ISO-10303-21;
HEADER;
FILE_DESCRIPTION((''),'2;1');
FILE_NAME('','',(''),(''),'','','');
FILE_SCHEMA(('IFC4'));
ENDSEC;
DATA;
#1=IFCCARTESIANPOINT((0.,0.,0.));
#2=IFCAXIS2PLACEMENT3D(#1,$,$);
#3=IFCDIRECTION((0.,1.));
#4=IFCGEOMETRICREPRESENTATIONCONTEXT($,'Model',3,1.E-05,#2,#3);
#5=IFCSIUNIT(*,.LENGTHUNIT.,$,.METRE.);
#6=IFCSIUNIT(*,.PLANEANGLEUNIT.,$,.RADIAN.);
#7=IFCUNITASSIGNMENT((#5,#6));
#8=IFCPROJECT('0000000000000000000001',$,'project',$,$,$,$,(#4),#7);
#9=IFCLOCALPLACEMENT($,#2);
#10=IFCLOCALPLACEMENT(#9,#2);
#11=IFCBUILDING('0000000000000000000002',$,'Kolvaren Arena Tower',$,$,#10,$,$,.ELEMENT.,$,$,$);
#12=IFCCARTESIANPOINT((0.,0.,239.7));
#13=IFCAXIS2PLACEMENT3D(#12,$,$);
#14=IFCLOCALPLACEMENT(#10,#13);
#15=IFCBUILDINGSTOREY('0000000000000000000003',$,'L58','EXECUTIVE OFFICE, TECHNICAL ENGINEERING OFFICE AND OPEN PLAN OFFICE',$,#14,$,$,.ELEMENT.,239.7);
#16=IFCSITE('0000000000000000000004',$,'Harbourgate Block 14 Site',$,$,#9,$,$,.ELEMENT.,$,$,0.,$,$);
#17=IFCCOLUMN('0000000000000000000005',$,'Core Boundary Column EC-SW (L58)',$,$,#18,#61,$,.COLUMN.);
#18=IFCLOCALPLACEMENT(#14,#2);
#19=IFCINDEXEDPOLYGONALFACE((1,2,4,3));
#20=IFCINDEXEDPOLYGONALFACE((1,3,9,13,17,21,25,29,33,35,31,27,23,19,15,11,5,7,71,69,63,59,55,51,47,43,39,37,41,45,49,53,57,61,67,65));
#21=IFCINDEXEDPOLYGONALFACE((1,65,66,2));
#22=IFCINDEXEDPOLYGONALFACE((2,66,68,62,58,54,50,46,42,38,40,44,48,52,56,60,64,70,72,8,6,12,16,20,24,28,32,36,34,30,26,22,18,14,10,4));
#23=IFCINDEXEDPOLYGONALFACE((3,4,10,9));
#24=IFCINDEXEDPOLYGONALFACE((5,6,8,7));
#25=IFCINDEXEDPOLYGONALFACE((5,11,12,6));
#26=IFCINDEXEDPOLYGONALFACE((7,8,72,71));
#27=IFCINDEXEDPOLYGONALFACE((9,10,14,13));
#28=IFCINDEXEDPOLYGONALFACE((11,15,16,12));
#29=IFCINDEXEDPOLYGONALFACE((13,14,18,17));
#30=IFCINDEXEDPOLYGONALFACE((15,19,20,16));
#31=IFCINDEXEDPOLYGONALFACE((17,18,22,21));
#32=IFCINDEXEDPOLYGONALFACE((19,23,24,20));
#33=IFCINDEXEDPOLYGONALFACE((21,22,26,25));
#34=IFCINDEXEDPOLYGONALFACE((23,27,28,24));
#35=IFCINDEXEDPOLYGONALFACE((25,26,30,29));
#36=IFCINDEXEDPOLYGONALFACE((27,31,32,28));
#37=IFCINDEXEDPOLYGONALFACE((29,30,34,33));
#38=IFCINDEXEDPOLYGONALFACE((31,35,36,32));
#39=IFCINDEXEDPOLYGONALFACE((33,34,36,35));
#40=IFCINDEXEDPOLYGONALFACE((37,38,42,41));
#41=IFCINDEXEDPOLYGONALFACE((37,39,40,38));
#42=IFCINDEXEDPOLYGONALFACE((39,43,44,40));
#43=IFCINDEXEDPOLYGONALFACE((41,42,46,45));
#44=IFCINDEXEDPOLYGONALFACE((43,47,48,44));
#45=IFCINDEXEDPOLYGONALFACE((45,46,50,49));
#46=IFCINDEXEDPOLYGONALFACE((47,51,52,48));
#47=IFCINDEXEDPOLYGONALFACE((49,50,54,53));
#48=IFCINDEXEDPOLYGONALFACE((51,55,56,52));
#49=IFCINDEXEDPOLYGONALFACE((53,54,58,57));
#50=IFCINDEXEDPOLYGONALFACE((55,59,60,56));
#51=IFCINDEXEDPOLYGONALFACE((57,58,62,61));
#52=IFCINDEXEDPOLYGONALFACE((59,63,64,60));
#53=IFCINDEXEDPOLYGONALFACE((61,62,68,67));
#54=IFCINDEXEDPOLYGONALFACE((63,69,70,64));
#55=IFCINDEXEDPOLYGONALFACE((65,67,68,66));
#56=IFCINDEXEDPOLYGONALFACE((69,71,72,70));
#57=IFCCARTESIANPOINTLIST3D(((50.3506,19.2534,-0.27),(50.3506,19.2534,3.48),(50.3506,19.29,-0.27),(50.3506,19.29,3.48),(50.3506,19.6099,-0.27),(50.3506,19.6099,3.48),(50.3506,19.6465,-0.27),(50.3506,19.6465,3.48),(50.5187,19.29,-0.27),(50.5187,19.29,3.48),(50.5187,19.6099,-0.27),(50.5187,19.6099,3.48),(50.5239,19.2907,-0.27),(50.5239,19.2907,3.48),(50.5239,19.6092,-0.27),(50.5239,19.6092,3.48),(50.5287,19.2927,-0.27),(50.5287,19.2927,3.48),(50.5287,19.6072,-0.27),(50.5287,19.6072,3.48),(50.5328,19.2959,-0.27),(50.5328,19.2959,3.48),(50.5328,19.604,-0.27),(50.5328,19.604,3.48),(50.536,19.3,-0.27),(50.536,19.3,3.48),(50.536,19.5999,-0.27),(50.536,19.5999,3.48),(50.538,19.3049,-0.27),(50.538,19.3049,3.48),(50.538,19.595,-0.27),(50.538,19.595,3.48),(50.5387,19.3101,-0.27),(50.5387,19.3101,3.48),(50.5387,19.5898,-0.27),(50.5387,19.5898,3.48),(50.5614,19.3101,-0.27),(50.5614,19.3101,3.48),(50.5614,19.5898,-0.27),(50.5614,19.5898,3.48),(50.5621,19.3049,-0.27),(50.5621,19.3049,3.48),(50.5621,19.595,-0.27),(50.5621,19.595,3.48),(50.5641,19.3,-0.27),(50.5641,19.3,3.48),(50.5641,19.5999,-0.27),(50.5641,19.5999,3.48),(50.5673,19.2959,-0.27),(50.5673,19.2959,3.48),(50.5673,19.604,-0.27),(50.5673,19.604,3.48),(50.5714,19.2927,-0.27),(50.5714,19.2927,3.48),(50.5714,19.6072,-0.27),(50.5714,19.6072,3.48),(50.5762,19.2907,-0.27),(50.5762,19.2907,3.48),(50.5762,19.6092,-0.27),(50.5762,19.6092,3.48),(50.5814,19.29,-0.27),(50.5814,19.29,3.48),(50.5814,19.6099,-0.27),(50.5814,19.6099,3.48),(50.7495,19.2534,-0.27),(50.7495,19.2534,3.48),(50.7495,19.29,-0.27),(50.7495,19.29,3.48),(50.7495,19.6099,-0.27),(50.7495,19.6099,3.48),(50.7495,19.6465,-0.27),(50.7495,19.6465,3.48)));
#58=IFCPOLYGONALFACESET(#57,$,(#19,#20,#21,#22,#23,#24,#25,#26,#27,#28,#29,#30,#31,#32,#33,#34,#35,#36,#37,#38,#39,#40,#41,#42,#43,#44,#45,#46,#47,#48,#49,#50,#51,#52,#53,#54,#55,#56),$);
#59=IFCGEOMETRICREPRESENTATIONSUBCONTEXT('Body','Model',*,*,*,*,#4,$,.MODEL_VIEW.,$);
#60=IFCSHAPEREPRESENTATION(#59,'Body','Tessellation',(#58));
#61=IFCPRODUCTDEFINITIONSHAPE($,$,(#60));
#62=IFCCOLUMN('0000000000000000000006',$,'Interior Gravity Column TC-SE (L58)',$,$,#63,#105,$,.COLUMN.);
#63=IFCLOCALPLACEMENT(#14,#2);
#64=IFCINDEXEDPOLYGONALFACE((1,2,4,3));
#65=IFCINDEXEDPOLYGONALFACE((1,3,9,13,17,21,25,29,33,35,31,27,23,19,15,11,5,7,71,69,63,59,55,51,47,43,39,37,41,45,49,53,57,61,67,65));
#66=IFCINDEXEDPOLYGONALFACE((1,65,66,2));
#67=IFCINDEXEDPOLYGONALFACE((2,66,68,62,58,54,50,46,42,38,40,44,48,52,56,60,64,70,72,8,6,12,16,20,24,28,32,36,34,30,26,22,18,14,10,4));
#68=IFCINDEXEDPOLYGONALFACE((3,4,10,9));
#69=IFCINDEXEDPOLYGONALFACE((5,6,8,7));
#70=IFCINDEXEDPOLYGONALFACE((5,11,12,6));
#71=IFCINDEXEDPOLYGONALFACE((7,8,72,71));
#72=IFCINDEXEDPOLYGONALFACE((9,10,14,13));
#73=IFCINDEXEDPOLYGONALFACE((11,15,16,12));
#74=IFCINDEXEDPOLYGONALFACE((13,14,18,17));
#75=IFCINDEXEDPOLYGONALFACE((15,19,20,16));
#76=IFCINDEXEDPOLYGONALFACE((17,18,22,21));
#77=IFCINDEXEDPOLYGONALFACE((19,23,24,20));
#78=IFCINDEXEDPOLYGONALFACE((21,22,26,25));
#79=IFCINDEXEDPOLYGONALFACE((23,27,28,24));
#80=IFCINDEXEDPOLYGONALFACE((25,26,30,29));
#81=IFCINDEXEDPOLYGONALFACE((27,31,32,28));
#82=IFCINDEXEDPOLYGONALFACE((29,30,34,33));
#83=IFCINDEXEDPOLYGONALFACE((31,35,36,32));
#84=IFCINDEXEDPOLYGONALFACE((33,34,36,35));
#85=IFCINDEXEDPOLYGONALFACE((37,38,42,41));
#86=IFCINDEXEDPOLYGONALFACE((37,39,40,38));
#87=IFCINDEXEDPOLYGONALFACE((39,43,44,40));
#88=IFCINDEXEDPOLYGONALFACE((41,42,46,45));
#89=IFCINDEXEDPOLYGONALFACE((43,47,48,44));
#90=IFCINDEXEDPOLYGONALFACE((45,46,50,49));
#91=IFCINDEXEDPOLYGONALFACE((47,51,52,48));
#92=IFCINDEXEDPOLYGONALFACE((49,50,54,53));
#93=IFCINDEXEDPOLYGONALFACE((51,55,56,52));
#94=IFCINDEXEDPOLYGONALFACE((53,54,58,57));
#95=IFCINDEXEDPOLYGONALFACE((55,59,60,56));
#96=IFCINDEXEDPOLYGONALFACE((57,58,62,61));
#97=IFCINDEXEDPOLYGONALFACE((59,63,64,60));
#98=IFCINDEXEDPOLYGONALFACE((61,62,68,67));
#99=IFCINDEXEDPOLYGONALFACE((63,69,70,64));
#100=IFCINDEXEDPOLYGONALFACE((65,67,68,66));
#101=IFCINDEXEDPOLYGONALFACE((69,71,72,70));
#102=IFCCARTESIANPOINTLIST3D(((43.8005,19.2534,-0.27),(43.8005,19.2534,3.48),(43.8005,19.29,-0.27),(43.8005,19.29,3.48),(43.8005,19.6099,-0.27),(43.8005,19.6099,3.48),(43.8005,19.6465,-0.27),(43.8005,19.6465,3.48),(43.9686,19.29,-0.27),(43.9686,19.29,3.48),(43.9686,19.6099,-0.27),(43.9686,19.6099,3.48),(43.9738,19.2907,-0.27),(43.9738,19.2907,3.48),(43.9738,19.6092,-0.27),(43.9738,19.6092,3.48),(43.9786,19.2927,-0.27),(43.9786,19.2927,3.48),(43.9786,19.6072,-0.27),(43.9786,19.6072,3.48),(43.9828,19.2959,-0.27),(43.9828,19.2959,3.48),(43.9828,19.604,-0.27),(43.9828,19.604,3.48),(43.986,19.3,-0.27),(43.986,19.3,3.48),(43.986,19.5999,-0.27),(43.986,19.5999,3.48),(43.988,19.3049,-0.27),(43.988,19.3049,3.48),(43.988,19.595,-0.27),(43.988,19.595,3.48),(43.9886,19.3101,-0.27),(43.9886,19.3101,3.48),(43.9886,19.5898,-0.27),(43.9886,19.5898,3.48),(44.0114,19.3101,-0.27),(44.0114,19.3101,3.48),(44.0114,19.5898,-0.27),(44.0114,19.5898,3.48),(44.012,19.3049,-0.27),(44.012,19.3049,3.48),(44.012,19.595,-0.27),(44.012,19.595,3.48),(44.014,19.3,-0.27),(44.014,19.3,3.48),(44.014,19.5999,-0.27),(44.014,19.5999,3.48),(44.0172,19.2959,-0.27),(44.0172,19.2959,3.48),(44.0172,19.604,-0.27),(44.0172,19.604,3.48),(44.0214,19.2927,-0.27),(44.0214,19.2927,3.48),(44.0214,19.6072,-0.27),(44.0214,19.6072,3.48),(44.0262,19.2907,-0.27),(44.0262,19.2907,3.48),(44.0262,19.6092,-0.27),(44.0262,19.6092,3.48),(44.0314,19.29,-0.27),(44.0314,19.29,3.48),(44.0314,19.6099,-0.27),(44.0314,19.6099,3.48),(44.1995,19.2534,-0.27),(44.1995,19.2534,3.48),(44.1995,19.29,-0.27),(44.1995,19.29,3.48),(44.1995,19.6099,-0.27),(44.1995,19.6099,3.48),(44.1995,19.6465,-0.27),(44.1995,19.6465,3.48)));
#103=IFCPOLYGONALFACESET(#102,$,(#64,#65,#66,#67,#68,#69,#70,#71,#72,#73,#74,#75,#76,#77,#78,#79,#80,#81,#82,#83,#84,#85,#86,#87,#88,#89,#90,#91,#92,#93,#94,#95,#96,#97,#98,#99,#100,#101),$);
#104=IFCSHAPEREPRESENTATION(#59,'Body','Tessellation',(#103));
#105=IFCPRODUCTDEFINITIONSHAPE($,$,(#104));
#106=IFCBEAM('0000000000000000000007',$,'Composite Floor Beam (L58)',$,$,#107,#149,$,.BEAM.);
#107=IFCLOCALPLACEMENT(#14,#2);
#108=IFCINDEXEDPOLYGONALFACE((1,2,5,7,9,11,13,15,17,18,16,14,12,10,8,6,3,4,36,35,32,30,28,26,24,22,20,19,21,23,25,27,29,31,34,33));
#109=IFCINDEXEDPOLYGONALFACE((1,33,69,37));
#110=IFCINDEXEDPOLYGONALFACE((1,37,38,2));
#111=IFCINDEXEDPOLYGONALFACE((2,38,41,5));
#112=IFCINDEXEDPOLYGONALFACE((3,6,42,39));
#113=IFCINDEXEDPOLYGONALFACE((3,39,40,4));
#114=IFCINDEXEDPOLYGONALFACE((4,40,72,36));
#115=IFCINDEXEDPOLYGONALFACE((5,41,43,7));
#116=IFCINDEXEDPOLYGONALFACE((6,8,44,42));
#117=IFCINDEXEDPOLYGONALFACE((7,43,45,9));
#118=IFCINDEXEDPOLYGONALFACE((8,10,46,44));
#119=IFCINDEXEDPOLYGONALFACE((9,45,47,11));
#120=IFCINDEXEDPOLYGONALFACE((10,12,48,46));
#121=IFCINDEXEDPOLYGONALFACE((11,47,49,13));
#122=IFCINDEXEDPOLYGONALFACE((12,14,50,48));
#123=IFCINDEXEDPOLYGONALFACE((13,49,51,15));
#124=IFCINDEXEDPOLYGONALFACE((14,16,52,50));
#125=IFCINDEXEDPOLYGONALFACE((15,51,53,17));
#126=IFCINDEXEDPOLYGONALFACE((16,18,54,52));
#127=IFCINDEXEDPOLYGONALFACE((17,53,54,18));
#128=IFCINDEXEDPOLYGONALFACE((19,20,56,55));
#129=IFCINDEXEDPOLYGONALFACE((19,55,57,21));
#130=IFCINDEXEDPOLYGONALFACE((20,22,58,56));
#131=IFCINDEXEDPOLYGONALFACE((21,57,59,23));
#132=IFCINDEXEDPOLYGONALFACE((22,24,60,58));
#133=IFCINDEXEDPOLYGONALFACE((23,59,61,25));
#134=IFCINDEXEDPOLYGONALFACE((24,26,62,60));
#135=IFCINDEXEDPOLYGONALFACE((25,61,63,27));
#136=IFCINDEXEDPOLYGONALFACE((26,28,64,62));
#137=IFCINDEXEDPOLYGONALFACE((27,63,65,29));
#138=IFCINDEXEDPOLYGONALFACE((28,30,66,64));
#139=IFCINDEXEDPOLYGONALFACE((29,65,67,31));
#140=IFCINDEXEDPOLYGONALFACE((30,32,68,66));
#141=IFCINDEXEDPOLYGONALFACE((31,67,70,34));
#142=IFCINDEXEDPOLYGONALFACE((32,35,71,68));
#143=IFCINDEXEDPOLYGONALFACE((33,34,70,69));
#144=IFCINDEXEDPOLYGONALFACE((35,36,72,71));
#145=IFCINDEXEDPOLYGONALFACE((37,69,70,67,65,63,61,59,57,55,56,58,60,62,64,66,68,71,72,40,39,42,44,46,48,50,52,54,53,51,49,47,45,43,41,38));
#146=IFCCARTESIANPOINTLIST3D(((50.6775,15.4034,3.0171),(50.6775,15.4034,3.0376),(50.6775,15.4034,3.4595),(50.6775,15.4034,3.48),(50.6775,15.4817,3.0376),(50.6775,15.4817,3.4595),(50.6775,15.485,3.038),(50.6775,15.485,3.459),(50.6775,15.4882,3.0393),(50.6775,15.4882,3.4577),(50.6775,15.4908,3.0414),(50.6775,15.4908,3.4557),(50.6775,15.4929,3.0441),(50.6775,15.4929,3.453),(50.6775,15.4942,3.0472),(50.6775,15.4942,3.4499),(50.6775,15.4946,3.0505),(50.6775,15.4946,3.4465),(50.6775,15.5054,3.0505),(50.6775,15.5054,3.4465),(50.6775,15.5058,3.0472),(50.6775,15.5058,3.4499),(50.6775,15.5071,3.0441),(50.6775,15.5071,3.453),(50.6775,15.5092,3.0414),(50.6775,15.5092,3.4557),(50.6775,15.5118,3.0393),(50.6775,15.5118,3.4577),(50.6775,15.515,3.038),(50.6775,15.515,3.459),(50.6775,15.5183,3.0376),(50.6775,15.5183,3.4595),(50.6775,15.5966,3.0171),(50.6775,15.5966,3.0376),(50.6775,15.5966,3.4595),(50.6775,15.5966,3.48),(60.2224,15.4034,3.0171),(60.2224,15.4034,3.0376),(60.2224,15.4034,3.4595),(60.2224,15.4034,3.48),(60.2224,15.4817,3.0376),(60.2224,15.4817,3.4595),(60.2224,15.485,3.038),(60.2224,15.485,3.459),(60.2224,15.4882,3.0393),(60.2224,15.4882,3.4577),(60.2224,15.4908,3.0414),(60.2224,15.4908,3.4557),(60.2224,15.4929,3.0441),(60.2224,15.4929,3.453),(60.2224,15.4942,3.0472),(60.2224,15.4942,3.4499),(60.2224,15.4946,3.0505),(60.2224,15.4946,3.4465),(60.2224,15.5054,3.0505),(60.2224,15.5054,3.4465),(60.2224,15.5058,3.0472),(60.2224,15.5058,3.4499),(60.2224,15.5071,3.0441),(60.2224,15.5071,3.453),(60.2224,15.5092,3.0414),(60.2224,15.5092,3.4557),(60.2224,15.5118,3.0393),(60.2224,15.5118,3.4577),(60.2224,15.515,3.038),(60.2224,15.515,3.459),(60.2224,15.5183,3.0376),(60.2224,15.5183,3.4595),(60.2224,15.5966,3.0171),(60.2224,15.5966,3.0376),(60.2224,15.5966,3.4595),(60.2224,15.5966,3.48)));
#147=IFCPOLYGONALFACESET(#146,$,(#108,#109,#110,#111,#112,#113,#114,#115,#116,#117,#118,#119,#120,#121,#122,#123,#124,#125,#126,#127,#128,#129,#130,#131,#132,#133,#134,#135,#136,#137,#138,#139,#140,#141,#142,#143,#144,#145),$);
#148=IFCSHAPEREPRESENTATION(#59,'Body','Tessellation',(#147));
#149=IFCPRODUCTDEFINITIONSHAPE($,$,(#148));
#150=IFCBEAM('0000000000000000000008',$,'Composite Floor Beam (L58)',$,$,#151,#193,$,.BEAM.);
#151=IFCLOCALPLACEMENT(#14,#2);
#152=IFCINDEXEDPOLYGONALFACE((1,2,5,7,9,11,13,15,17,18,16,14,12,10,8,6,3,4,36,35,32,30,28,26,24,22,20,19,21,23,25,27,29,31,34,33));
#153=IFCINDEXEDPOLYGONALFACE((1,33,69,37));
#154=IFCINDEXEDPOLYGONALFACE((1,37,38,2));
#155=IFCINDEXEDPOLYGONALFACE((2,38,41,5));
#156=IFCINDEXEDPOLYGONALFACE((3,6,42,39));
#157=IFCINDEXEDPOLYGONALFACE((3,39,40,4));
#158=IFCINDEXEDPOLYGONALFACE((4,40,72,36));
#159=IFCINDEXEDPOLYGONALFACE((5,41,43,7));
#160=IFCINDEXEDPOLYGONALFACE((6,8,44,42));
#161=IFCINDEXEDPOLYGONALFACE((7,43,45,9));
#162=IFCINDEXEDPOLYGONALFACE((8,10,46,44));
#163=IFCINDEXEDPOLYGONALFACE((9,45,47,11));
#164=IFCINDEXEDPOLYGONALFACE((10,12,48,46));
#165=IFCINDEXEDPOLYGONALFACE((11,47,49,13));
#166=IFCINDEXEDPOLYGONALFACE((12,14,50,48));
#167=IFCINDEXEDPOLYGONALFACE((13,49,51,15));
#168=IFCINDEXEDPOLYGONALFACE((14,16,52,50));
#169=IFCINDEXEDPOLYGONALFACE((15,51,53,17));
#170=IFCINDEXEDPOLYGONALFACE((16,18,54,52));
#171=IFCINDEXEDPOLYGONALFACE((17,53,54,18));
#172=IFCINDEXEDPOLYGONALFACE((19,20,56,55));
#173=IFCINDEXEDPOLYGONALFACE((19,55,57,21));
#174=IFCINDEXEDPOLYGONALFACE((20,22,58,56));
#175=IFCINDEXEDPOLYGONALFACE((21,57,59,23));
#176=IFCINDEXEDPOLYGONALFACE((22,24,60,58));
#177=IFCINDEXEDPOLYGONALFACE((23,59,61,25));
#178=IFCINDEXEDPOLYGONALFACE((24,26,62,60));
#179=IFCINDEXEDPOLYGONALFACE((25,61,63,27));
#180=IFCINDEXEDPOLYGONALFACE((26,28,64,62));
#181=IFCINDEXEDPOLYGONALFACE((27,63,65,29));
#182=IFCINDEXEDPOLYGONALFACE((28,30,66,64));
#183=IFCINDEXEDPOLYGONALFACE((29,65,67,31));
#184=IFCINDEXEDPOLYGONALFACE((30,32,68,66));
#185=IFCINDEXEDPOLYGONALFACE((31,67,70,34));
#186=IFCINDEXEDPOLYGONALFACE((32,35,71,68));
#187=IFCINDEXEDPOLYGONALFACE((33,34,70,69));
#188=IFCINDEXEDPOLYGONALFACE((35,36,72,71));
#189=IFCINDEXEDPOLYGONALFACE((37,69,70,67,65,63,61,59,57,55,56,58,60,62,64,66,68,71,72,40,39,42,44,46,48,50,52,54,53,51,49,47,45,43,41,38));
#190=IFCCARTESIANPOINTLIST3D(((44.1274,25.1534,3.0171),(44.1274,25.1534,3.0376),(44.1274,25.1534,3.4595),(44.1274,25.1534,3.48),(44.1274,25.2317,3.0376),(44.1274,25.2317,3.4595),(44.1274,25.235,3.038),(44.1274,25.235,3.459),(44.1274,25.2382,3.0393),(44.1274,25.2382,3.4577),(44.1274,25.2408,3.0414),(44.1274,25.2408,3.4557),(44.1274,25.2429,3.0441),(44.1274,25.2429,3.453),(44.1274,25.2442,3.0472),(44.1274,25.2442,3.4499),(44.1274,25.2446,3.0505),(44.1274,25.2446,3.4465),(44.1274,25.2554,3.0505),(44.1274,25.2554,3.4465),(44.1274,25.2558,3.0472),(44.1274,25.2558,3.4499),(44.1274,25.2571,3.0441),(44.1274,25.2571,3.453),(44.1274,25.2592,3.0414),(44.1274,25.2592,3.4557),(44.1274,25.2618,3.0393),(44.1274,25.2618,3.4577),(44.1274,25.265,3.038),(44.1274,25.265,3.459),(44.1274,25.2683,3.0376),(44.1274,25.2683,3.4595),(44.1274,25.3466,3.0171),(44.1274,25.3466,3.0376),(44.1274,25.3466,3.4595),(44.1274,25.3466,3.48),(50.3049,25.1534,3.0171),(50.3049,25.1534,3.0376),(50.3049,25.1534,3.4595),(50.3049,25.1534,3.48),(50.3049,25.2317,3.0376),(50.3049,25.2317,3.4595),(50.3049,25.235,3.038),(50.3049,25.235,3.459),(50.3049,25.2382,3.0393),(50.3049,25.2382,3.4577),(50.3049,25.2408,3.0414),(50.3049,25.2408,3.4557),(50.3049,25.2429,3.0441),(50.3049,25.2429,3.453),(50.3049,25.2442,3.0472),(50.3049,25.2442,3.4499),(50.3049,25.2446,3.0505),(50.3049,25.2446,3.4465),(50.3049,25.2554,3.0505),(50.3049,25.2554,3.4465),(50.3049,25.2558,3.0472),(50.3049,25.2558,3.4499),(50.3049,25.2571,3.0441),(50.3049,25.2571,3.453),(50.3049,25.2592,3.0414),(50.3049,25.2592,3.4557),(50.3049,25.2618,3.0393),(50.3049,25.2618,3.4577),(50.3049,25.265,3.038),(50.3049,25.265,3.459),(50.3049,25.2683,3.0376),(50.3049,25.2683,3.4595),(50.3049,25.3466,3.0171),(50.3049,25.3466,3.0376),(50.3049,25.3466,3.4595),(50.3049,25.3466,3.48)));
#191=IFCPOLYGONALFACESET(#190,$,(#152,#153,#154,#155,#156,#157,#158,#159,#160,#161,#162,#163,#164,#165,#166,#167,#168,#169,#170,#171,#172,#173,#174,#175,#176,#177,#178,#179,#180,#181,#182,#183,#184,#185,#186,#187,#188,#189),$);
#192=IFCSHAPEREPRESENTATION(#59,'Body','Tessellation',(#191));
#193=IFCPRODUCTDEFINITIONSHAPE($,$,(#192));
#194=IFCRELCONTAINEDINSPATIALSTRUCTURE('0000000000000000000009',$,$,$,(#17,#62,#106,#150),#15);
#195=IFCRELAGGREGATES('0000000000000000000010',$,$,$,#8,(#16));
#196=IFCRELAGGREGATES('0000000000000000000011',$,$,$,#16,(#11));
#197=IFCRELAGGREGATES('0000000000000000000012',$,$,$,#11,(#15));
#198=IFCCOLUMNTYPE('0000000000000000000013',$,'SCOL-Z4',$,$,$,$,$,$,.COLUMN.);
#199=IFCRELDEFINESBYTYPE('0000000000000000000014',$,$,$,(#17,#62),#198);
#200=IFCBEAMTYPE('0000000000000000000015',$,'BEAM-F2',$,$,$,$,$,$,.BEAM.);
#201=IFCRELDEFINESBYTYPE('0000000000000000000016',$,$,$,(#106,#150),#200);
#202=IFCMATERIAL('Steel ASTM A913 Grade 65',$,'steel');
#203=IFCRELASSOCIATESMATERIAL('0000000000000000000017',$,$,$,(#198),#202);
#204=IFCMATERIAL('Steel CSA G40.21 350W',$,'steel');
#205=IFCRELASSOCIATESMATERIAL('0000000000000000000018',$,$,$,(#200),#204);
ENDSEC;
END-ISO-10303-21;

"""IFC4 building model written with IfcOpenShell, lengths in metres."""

from ifc_helpers import new_model, si_unit, direction, frame, origin, origin_2d, place, context, subcontext, project, spatial, i_section, extrude, material, material_profile, profile_set, type_object, element, save


model = new_model("IFC4")

# Units and contexts
model_context = context("Model", 3, precision=1e-05, world=origin(), true_north=direction((0.0, 1.0)))
body_context = subcontext(model_context, "Body", "Model", "MODEL_VIEW")
ifc_project = project(units=[si_unit("LENGTHUNIT", "METRE"), si_unit("PLANEANGLEUNIT", "RADIAN")], contexts=[model_context])

# Site, building, storey
site_placement = place(None, origin())
site = spatial("IfcSite", under=ifc_project, at=site_placement, Name="Harbourgate Block 14 Site", CompositionType="ELEMENT", RefElevation=0.0)
building_placement = place(site_placement, origin())
building = spatial("IfcBuilding", under=site, at=building_placement, Name="Kolvaren Arena Tower", CompositionType="ELEMENT")
storey_placement = place(building_placement, frame((0.0, 0.0, 239.7)))
storey = spatial("IfcBuildingStorey", under=building, at=storey_placement, Name="L58", Description="EXECUTIVE OFFICE, TECHNICAL ENGINEERING OFFICE AND OPEN PLAN OFFICE", CompositionType="ELEMENT", Elevation=239.7)

# Columns
ifc_material_1 = material(Name="Steel ASTM A913 Grade 65", Category="steel")
ifc_material_profile_1 = material_profile(ifc_material_1, i_section(OverallWidth=0.3989, OverallDepth=0.3931, WebThickness=0.0227, FlangeThickness=0.0366, FilletRadius=0.02, at=origin_2d()), Name="W360x287")
ifc_profile_set_1 = profile_set([ifc_material_profile_1], Name="Steel ASTM A913 Grade 65")
column_type = type_object("IfcColumnType", Name="SCOL-Z4", PredefinedType="COLUMN", material=ifc_profile_set_1)
for number, where, z_axis, x_axis, name in (
    (1, (50.55, 19.45, -0.27), (0.0, 0.0, 1.0), (1.0, 0.0, 0.0), "Core Boundary Column EC-SW (L58)"),
    (2, (44.0, 19.45, -0.27), (0.0, 0.0, 1.0), (1.0, 0.0, 0.0), "Interior Gravity Column TC-SE (L58)"),
):
    element("IfcColumn", number, at=place(storey_placement, frame(where, z_axis=z_axis, x_axis=x_axis)), inside=storey, type_object=column_type, Name=name, PredefinedType="COLUMN", context=body_context, shape_type="SweptSolid", body=[
        extrude(i_section(OverallWidth=0.3989, OverallDepth=0.3931, WebThickness=0.0227, FlangeThickness=0.0366, FilletRadius=0.02, at=origin_2d()), origin(), (0.0, 0.0, 1.0), 3.75),
    ])

# Beams
ifc_material_2 = material(Name="Steel CSA G40.21 350W", Category="steel")
ifc_material_profile_2 = material_profile(ifc_material_2, i_section(OverallWidth=0.1931, OverallDepth=0.4629, WebThickness=0.0107, FlangeThickness=0.0205, FilletRadius=0.0129, at=origin_2d()), Name="W460x113")
ifc_profile_set_2 = profile_set([ifc_material_profile_2], Name="Steel CSA G40.21 350W")
beam_type_1 = type_object("IfcBeamType", Name="BEAM-F2", PredefinedType="BEAM", material=ifc_profile_set_2)
beam_1_placement = place(storey_placement, frame((50.6775, 15.5, 3.2485), z_axis=(1.0, 0.0, 0.0), x_axis=(0.0, 1.0, 0.0)))
element("IfcBeam", 3, at=beam_1_placement, inside=storey, type_object=beam_type_1, Name="Composite Floor Beam (L58)", PredefinedType="BEAM", context=body_context, shape_type="SweptSolid", body=[
    extrude(i_section(OverallWidth=0.1931, OverallDepth=0.4629, WebThickness=0.0107, FlangeThickness=0.0205, FilletRadius=0.0129, at=origin_2d()), origin(), (0.0, 0.0, 1.0), 9.5449),
])
beam_2_placement = place(storey_placement, frame((44.1274, 25.25, 3.2485), z_axis=(1.0, 0.0, 0.0), x_axis=(0.0, 1.0, 0.0)))
element("IfcBeam", 4, at=beam_2_placement, inside=storey, type_object=beam_type_1, Name="Composite Floor Beam (L58)", PredefinedType="BEAM", context=body_context, shape_type="SweptSolid", body=[
    extrude(i_section(OverallWidth=0.1931, OverallDepth=0.4629, WebThickness=0.0107, FlangeThickness=0.0205, FilletRadius=0.0129, at=origin_2d()), origin(), (0.0, 0.0, 1.0), 6.1775),
])

save(model, "model.ifc")
